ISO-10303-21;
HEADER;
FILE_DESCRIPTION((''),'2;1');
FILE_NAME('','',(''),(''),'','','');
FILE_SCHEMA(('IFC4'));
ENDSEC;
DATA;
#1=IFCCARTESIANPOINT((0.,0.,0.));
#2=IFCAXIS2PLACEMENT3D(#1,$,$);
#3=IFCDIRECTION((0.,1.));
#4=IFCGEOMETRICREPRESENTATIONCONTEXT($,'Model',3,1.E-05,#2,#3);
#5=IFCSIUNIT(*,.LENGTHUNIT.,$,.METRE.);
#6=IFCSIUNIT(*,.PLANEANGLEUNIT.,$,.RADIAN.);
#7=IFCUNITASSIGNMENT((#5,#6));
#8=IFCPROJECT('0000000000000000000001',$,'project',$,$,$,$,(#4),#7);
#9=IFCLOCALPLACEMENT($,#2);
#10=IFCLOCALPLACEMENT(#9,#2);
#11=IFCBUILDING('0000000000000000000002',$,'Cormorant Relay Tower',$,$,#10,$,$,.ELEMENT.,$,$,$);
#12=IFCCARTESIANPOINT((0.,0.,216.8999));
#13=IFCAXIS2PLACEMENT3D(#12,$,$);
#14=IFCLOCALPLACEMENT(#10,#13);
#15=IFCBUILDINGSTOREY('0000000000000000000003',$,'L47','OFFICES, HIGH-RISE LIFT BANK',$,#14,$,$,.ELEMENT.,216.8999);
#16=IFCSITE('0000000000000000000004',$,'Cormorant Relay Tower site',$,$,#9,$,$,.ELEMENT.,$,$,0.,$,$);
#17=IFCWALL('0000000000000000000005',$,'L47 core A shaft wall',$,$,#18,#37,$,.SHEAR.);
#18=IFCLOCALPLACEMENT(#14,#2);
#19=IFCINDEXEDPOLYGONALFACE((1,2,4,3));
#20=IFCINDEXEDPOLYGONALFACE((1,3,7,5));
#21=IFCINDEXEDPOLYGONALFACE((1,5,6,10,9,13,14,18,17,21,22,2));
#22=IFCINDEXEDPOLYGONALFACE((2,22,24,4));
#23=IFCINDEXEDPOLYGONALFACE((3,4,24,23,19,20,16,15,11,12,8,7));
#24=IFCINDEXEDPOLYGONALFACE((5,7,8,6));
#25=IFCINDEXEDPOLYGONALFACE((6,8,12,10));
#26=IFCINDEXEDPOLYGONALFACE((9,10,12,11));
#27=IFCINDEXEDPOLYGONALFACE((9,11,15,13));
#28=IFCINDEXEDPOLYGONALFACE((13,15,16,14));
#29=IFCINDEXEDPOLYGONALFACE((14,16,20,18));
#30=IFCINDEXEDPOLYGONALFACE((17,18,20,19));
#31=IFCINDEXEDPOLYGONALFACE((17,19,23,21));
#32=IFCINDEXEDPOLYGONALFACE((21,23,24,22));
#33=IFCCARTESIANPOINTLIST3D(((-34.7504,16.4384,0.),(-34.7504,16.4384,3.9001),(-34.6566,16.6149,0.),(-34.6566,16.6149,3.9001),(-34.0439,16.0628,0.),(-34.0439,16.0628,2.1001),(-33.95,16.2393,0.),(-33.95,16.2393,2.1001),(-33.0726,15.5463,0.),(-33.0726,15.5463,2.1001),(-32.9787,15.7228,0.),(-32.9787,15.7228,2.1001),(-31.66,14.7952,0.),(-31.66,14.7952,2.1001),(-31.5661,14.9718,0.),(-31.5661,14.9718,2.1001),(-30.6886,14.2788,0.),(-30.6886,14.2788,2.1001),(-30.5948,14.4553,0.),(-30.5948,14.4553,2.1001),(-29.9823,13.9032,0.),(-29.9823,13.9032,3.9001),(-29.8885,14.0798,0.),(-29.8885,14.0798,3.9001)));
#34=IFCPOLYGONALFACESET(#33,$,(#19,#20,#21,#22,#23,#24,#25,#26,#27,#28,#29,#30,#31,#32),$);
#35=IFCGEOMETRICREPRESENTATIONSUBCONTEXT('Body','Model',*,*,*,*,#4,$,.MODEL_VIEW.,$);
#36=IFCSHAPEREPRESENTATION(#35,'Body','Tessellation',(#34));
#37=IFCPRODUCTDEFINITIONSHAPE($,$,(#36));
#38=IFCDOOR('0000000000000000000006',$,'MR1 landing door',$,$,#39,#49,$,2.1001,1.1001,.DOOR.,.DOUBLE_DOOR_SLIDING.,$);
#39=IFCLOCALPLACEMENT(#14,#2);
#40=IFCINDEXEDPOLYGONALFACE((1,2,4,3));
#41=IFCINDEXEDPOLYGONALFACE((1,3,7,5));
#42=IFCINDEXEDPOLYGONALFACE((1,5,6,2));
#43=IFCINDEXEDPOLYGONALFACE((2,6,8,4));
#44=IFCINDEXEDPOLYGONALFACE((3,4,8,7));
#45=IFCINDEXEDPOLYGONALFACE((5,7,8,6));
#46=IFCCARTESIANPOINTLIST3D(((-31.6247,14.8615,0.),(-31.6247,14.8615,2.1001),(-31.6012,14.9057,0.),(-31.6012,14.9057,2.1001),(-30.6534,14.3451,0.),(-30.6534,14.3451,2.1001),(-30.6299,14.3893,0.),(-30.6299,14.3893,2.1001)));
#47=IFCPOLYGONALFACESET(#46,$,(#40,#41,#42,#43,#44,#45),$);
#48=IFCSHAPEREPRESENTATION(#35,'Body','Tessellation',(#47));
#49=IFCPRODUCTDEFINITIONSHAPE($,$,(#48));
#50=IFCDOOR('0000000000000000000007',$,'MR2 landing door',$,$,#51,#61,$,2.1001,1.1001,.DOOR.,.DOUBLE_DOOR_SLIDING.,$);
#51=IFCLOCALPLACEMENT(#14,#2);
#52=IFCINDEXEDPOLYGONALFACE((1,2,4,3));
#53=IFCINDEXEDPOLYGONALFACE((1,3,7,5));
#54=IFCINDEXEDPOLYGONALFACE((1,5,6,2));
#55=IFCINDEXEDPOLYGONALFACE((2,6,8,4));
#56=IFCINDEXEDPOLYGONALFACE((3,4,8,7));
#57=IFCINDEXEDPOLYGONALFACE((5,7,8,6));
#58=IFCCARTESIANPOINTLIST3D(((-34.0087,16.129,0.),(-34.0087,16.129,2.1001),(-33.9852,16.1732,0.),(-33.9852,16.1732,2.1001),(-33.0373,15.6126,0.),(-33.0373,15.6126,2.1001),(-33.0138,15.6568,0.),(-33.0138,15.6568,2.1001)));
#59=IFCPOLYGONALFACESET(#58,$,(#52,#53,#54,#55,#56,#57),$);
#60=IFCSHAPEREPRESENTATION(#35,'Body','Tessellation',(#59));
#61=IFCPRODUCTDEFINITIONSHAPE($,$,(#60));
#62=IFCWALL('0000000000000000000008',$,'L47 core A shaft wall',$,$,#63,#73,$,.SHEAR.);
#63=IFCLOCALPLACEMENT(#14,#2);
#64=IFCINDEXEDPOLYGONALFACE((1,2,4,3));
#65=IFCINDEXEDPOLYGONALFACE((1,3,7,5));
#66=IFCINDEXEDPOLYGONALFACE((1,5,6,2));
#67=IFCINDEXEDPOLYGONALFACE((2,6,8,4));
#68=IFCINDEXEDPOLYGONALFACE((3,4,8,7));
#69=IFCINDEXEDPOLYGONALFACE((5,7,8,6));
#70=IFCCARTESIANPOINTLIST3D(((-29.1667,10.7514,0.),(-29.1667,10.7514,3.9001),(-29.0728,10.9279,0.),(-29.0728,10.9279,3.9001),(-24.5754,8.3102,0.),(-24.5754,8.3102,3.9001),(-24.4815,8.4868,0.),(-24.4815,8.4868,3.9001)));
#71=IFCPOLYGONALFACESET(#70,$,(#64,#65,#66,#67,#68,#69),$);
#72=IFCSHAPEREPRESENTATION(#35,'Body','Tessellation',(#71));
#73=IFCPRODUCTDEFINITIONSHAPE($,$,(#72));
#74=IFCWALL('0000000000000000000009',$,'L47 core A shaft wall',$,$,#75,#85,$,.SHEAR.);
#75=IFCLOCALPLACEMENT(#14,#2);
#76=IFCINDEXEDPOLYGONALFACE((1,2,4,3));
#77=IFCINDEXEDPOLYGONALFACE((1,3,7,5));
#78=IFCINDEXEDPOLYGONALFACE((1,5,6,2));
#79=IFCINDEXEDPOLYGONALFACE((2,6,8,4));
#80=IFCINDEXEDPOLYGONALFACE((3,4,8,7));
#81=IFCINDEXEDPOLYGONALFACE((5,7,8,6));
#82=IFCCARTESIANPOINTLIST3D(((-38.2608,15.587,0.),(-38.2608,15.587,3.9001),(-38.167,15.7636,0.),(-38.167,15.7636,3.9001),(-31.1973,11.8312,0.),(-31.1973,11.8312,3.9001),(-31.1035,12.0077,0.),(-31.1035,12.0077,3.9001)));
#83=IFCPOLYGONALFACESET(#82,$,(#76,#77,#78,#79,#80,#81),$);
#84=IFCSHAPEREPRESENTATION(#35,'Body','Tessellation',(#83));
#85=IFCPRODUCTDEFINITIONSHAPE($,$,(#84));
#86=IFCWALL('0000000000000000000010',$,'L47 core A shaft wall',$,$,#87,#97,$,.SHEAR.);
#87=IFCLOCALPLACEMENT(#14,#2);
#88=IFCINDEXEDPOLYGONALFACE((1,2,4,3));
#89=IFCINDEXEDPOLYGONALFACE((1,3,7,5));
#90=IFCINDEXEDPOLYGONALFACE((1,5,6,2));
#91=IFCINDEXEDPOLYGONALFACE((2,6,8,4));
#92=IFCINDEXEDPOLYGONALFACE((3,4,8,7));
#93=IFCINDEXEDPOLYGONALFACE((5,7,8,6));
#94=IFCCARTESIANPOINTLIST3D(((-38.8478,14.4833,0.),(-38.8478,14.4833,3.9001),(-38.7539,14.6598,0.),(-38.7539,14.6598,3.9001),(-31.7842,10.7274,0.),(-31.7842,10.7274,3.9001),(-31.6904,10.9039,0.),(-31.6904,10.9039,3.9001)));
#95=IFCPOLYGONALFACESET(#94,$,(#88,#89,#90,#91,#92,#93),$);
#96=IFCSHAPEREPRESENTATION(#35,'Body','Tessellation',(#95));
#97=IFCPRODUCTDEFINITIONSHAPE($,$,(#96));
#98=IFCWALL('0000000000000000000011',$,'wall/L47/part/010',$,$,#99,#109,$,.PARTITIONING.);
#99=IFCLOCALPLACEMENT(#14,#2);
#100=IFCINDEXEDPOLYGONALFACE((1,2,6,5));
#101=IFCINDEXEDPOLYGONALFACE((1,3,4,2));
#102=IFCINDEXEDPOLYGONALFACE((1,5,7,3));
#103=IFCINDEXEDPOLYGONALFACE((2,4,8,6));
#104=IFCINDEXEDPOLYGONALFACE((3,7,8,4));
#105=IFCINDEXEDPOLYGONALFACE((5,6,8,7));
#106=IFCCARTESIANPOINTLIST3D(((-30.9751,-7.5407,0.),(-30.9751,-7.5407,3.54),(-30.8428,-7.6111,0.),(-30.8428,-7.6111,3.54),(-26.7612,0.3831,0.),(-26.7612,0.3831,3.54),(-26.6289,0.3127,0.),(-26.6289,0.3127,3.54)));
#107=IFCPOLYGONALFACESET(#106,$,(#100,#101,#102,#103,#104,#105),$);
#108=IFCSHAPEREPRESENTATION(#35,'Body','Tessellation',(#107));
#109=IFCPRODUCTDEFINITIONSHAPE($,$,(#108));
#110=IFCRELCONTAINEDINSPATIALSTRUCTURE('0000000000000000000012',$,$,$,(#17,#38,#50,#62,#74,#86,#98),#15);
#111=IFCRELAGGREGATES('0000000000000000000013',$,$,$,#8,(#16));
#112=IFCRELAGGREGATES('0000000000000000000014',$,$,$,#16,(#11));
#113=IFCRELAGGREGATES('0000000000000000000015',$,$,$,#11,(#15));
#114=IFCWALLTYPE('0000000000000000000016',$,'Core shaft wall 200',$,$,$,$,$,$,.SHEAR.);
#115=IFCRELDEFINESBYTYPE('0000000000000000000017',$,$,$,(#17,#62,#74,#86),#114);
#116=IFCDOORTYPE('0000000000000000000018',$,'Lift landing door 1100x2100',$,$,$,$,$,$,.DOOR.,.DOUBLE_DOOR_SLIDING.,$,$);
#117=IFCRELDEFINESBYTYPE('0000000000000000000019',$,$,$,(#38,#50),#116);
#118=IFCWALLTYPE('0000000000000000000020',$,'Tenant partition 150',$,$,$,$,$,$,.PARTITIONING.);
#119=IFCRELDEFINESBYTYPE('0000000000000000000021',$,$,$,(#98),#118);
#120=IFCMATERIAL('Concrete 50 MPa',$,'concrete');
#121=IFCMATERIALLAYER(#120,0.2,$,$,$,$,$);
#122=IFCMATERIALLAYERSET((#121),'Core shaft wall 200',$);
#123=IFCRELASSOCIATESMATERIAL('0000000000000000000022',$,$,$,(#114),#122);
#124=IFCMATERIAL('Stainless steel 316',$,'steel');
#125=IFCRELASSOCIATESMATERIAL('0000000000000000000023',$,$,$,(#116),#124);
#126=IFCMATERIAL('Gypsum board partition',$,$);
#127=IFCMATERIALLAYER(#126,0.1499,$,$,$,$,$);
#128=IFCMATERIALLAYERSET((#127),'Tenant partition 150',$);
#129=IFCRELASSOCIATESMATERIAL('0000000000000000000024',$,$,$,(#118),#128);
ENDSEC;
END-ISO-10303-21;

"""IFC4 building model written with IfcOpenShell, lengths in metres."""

from ifc_helpers import new_model, si_unit, direction, frame, frame_2d, origin, place, context, subcontext, project, spatial, rectangle, extrude, material, layer, layer_set, type_object, element, fill, save


model = new_model("IFC4")

# Units and contexts
model_context = context("Model", 3, precision=1e-05, world=origin(), true_north=direction((0.0, 1.0)))
body_context = subcontext(model_context, "Body", "Model", "MODEL_VIEW")
ifc_project = project(units=[si_unit("LENGTHUNIT", "METRE"), si_unit("PLANEANGLEUNIT", "RADIAN")], contexts=[model_context])

# Site, building, storey
site_placement = place(None, origin())
site = spatial("IfcSite", under=ifc_project, at=site_placement, Name="Cormorant Relay Tower site", CompositionType="ELEMENT", RefElevation=0.0)
building_placement = place(site_placement, origin())
building = spatial("IfcBuilding", under=site, at=building_placement, Name="Cormorant Relay Tower", CompositionType="ELEMENT")
storey_placement = place(building_placement, frame((0.0, 0.0, 216.8999)))
storey = spatial("IfcBuildingStorey", under=building, at=storey_placement, Name="L47", Description="OFFICES, HIGH-RISE LIFT BANK", CompositionType="ELEMENT", Elevation=216.8999)

# Shared definitions
ifc_material_1 = material(Name="Concrete 50 MPa", Category="concrete")
ifc_layer_1 = layer(ifc_material_1, 0.2)
ifc_layer_set_1 = layer_set([ifc_layer_1], Name="Core shaft wall 200")
wall_type_1 = type_object("IfcWallType", Name="Core shaft wall 200", PredefinedType="SHEAR", material=ifc_layer_set_1)

# Wall, openings, doors
wall_1_placement = place(storey_placement, frame((-29.9353, 13.9915, 0.0), z_axis=(0.0, 0.0, 1.0), x_axis=(-0.882953, 0.469462, 0.0)))
wall_1 = element("IfcWall", 1, at=wall_1_placement, inside=storey, type_object=wall_type_1, Name="L47 core A shaft wall", PredefinedType="SHEAR", context=body_context, shape_type="SweptSolid", body=[
    extrude(rectangle(XDim=5.4001, YDim=0.2, at=frame_2d((2.7002, 0.0))), origin(), (0.0, 0.0, 1.0), 3.9001),
])
opening_1_placement = place(wall_1_placement, frame((0.8, 0.0, 0.0)))
opening_1 = element("IfcOpeningElement", 2, at=opening_1_placement, cuts=wall_1, PredefinedType="OPENING", context=body_context, shape_type="SweptSolid", body=[
    extrude(rectangle(XDim=1.1001, YDim=2.1001, at=frame_2d((0.55, 1.05))), frame((0.0, 0.1099, 0.0), z_axis=(0.0, -1.0, 0.0), x_axis=(1.0, 0.0, 0.0)), (0.0, 0.0, 1.0), 0.22),
])
opening_2_placement = place(wall_1_placement, frame((3.5, 0.0, 0.0)))
opening_2 = element("IfcOpeningElement", 3, at=opening_2_placement, cuts=wall_1, PredefinedType="OPENING", context=body_context, shape_type="SweptSolid", body=[
    extrude(rectangle(XDim=1.1001, YDim=2.1001, at=frame_2d((0.55, 1.05))), frame((0.0, 0.1099, 0.0), z_axis=(0.0, -1.0, 0.0), x_axis=(1.0, 0.0, 0.0)), (0.0, 0.0, 1.0), 0.22),
])
ifc_material_2 = material(Name="Stainless steel 316", Category="steel")
door_type_1 = type_object("IfcDoorType", Name="Lift landing door 1100x2100", OperationType="DOUBLE_DOOR_SLIDING", PredefinedType="DOOR", material=ifc_material_2)
door_1_placement = place(opening_1_placement, origin())
door_1 = element("IfcDoor", 4, at=door_1_placement, inside=storey, type_object=door_type_1, Name="MR1 landing door", OperationType="DOUBLE_DOOR_SLIDING", OverallHeight=2.1001, OverallWidth=1.1001, PredefinedType="DOOR", context=body_context, shape_type="SweptSolid", body=[
    extrude(rectangle(XDim=1.1001, YDim=2.1001, at=frame_2d((0.55, 1.05))), frame((0.0, 0.0249, 0.0), z_axis=(0.0, -1.0, 0.0), x_axis=(1.0, 0.0, 0.0)), (0.0, 0.0, 1.0), 0.05),
])
fill(opening_1, door_1)
door_2_placement = place(opening_2_placement, origin())
door_2 = element("IfcDoor", 5, at=door_2_placement, inside=storey, type_object=door_type_1, Name="MR2 landing door", OperationType="DOUBLE_DOOR_SLIDING", OverallHeight=2.1001, OverallWidth=1.1001, PredefinedType="DOOR", context=body_context, shape_type="SweptSolid", body=[
    extrude(rectangle(XDim=1.1001, YDim=2.1001, at=frame_2d((0.55, 1.05))), frame((0.0, 0.0249, 0.0), z_axis=(0.0, -1.0, 0.0), x_axis=(1.0, 0.0, 0.0)), (0.0, 0.0, 1.0), 0.05),
])
fill(opening_2, door_2)

# Walls
wall_2_placement = place(storey_placement, frame((-24.5283, 8.3984, 0.0), z_axis=(0.0, 0.0, 1.0), x_axis=(-0.882954, 0.46946, 0.0)))
element("IfcWall", 6, at=wall_2_placement, inside=storey, type_object=wall_type_1, Name="L47 core A shaft wall", PredefinedType="SHEAR", context=body_context, shape_type="SweptSolid", body=[
    extrude(rectangle(XDim=5.2, YDim=0.2, at=frame_2d((2.6001, 0.0))), origin(), (0.0, 0.0, 1.0), 3.9001),
])
for number, where, z_axis, x_axis, name in (
    (7, (-31.1504, 11.9194, 0.0), (0.0, 0.0, 1.0), (-0.88294, 0.469485, 0.0), "L47 core A shaft wall"),
    (8, (-31.7373, 10.8157, 0.0), (0.0, 0.0, 1.0), (-0.88294, 0.469485, 0.0), "L47 core A shaft wall"),
):
    element("IfcWall", number, at=place(storey_placement, frame(where, z_axis=z_axis, x_axis=x_axis)), inside=storey, type_object=wall_type_1, Name=name, PredefinedType="SHEAR", context=body_context, shape_type="SweptSolid", body=[
        extrude(rectangle(XDim=8.0, YDim=0.2, at=frame_2d((4.0, 0.0))), origin(), (0.0, 0.0, 1.0), 3.9001),
    ])
ifc_material_3 = material(Name="Gypsum board partition")
ifc_layer_2 = layer(ifc_material_3, 0.1499)
ifc_layer_set_2 = layer_set([ifc_layer_2], Name="Tenant partition 150")
wall_type_2 = type_object("IfcWallType", Name="Tenant partition 150", PredefinedType="PARTITIONING", material=ifc_layer_set_2)
wall_3_placement = place(storey_placement, frame((-26.6951, 0.3479, 0.0), z_axis=(0.0, 0.0, 1.0), x_axis=(-0.469532, -0.882916, 0.0)))
element("IfcWall", 9, at=wall_3_placement, inside=storey, type_object=wall_type_2, Name="wall/L47/part/010", PredefinedType="PARTITIONING", context=body_context, shape_type="SweptSolid", body=[
    extrude(rectangle(XDim=8.9746, YDim=0.1499, at=frame_2d((4.4873, 0.0))), origin(), (0.0, 0.0, 1.0), 3.54),
])

save(model, "model.ifc")
